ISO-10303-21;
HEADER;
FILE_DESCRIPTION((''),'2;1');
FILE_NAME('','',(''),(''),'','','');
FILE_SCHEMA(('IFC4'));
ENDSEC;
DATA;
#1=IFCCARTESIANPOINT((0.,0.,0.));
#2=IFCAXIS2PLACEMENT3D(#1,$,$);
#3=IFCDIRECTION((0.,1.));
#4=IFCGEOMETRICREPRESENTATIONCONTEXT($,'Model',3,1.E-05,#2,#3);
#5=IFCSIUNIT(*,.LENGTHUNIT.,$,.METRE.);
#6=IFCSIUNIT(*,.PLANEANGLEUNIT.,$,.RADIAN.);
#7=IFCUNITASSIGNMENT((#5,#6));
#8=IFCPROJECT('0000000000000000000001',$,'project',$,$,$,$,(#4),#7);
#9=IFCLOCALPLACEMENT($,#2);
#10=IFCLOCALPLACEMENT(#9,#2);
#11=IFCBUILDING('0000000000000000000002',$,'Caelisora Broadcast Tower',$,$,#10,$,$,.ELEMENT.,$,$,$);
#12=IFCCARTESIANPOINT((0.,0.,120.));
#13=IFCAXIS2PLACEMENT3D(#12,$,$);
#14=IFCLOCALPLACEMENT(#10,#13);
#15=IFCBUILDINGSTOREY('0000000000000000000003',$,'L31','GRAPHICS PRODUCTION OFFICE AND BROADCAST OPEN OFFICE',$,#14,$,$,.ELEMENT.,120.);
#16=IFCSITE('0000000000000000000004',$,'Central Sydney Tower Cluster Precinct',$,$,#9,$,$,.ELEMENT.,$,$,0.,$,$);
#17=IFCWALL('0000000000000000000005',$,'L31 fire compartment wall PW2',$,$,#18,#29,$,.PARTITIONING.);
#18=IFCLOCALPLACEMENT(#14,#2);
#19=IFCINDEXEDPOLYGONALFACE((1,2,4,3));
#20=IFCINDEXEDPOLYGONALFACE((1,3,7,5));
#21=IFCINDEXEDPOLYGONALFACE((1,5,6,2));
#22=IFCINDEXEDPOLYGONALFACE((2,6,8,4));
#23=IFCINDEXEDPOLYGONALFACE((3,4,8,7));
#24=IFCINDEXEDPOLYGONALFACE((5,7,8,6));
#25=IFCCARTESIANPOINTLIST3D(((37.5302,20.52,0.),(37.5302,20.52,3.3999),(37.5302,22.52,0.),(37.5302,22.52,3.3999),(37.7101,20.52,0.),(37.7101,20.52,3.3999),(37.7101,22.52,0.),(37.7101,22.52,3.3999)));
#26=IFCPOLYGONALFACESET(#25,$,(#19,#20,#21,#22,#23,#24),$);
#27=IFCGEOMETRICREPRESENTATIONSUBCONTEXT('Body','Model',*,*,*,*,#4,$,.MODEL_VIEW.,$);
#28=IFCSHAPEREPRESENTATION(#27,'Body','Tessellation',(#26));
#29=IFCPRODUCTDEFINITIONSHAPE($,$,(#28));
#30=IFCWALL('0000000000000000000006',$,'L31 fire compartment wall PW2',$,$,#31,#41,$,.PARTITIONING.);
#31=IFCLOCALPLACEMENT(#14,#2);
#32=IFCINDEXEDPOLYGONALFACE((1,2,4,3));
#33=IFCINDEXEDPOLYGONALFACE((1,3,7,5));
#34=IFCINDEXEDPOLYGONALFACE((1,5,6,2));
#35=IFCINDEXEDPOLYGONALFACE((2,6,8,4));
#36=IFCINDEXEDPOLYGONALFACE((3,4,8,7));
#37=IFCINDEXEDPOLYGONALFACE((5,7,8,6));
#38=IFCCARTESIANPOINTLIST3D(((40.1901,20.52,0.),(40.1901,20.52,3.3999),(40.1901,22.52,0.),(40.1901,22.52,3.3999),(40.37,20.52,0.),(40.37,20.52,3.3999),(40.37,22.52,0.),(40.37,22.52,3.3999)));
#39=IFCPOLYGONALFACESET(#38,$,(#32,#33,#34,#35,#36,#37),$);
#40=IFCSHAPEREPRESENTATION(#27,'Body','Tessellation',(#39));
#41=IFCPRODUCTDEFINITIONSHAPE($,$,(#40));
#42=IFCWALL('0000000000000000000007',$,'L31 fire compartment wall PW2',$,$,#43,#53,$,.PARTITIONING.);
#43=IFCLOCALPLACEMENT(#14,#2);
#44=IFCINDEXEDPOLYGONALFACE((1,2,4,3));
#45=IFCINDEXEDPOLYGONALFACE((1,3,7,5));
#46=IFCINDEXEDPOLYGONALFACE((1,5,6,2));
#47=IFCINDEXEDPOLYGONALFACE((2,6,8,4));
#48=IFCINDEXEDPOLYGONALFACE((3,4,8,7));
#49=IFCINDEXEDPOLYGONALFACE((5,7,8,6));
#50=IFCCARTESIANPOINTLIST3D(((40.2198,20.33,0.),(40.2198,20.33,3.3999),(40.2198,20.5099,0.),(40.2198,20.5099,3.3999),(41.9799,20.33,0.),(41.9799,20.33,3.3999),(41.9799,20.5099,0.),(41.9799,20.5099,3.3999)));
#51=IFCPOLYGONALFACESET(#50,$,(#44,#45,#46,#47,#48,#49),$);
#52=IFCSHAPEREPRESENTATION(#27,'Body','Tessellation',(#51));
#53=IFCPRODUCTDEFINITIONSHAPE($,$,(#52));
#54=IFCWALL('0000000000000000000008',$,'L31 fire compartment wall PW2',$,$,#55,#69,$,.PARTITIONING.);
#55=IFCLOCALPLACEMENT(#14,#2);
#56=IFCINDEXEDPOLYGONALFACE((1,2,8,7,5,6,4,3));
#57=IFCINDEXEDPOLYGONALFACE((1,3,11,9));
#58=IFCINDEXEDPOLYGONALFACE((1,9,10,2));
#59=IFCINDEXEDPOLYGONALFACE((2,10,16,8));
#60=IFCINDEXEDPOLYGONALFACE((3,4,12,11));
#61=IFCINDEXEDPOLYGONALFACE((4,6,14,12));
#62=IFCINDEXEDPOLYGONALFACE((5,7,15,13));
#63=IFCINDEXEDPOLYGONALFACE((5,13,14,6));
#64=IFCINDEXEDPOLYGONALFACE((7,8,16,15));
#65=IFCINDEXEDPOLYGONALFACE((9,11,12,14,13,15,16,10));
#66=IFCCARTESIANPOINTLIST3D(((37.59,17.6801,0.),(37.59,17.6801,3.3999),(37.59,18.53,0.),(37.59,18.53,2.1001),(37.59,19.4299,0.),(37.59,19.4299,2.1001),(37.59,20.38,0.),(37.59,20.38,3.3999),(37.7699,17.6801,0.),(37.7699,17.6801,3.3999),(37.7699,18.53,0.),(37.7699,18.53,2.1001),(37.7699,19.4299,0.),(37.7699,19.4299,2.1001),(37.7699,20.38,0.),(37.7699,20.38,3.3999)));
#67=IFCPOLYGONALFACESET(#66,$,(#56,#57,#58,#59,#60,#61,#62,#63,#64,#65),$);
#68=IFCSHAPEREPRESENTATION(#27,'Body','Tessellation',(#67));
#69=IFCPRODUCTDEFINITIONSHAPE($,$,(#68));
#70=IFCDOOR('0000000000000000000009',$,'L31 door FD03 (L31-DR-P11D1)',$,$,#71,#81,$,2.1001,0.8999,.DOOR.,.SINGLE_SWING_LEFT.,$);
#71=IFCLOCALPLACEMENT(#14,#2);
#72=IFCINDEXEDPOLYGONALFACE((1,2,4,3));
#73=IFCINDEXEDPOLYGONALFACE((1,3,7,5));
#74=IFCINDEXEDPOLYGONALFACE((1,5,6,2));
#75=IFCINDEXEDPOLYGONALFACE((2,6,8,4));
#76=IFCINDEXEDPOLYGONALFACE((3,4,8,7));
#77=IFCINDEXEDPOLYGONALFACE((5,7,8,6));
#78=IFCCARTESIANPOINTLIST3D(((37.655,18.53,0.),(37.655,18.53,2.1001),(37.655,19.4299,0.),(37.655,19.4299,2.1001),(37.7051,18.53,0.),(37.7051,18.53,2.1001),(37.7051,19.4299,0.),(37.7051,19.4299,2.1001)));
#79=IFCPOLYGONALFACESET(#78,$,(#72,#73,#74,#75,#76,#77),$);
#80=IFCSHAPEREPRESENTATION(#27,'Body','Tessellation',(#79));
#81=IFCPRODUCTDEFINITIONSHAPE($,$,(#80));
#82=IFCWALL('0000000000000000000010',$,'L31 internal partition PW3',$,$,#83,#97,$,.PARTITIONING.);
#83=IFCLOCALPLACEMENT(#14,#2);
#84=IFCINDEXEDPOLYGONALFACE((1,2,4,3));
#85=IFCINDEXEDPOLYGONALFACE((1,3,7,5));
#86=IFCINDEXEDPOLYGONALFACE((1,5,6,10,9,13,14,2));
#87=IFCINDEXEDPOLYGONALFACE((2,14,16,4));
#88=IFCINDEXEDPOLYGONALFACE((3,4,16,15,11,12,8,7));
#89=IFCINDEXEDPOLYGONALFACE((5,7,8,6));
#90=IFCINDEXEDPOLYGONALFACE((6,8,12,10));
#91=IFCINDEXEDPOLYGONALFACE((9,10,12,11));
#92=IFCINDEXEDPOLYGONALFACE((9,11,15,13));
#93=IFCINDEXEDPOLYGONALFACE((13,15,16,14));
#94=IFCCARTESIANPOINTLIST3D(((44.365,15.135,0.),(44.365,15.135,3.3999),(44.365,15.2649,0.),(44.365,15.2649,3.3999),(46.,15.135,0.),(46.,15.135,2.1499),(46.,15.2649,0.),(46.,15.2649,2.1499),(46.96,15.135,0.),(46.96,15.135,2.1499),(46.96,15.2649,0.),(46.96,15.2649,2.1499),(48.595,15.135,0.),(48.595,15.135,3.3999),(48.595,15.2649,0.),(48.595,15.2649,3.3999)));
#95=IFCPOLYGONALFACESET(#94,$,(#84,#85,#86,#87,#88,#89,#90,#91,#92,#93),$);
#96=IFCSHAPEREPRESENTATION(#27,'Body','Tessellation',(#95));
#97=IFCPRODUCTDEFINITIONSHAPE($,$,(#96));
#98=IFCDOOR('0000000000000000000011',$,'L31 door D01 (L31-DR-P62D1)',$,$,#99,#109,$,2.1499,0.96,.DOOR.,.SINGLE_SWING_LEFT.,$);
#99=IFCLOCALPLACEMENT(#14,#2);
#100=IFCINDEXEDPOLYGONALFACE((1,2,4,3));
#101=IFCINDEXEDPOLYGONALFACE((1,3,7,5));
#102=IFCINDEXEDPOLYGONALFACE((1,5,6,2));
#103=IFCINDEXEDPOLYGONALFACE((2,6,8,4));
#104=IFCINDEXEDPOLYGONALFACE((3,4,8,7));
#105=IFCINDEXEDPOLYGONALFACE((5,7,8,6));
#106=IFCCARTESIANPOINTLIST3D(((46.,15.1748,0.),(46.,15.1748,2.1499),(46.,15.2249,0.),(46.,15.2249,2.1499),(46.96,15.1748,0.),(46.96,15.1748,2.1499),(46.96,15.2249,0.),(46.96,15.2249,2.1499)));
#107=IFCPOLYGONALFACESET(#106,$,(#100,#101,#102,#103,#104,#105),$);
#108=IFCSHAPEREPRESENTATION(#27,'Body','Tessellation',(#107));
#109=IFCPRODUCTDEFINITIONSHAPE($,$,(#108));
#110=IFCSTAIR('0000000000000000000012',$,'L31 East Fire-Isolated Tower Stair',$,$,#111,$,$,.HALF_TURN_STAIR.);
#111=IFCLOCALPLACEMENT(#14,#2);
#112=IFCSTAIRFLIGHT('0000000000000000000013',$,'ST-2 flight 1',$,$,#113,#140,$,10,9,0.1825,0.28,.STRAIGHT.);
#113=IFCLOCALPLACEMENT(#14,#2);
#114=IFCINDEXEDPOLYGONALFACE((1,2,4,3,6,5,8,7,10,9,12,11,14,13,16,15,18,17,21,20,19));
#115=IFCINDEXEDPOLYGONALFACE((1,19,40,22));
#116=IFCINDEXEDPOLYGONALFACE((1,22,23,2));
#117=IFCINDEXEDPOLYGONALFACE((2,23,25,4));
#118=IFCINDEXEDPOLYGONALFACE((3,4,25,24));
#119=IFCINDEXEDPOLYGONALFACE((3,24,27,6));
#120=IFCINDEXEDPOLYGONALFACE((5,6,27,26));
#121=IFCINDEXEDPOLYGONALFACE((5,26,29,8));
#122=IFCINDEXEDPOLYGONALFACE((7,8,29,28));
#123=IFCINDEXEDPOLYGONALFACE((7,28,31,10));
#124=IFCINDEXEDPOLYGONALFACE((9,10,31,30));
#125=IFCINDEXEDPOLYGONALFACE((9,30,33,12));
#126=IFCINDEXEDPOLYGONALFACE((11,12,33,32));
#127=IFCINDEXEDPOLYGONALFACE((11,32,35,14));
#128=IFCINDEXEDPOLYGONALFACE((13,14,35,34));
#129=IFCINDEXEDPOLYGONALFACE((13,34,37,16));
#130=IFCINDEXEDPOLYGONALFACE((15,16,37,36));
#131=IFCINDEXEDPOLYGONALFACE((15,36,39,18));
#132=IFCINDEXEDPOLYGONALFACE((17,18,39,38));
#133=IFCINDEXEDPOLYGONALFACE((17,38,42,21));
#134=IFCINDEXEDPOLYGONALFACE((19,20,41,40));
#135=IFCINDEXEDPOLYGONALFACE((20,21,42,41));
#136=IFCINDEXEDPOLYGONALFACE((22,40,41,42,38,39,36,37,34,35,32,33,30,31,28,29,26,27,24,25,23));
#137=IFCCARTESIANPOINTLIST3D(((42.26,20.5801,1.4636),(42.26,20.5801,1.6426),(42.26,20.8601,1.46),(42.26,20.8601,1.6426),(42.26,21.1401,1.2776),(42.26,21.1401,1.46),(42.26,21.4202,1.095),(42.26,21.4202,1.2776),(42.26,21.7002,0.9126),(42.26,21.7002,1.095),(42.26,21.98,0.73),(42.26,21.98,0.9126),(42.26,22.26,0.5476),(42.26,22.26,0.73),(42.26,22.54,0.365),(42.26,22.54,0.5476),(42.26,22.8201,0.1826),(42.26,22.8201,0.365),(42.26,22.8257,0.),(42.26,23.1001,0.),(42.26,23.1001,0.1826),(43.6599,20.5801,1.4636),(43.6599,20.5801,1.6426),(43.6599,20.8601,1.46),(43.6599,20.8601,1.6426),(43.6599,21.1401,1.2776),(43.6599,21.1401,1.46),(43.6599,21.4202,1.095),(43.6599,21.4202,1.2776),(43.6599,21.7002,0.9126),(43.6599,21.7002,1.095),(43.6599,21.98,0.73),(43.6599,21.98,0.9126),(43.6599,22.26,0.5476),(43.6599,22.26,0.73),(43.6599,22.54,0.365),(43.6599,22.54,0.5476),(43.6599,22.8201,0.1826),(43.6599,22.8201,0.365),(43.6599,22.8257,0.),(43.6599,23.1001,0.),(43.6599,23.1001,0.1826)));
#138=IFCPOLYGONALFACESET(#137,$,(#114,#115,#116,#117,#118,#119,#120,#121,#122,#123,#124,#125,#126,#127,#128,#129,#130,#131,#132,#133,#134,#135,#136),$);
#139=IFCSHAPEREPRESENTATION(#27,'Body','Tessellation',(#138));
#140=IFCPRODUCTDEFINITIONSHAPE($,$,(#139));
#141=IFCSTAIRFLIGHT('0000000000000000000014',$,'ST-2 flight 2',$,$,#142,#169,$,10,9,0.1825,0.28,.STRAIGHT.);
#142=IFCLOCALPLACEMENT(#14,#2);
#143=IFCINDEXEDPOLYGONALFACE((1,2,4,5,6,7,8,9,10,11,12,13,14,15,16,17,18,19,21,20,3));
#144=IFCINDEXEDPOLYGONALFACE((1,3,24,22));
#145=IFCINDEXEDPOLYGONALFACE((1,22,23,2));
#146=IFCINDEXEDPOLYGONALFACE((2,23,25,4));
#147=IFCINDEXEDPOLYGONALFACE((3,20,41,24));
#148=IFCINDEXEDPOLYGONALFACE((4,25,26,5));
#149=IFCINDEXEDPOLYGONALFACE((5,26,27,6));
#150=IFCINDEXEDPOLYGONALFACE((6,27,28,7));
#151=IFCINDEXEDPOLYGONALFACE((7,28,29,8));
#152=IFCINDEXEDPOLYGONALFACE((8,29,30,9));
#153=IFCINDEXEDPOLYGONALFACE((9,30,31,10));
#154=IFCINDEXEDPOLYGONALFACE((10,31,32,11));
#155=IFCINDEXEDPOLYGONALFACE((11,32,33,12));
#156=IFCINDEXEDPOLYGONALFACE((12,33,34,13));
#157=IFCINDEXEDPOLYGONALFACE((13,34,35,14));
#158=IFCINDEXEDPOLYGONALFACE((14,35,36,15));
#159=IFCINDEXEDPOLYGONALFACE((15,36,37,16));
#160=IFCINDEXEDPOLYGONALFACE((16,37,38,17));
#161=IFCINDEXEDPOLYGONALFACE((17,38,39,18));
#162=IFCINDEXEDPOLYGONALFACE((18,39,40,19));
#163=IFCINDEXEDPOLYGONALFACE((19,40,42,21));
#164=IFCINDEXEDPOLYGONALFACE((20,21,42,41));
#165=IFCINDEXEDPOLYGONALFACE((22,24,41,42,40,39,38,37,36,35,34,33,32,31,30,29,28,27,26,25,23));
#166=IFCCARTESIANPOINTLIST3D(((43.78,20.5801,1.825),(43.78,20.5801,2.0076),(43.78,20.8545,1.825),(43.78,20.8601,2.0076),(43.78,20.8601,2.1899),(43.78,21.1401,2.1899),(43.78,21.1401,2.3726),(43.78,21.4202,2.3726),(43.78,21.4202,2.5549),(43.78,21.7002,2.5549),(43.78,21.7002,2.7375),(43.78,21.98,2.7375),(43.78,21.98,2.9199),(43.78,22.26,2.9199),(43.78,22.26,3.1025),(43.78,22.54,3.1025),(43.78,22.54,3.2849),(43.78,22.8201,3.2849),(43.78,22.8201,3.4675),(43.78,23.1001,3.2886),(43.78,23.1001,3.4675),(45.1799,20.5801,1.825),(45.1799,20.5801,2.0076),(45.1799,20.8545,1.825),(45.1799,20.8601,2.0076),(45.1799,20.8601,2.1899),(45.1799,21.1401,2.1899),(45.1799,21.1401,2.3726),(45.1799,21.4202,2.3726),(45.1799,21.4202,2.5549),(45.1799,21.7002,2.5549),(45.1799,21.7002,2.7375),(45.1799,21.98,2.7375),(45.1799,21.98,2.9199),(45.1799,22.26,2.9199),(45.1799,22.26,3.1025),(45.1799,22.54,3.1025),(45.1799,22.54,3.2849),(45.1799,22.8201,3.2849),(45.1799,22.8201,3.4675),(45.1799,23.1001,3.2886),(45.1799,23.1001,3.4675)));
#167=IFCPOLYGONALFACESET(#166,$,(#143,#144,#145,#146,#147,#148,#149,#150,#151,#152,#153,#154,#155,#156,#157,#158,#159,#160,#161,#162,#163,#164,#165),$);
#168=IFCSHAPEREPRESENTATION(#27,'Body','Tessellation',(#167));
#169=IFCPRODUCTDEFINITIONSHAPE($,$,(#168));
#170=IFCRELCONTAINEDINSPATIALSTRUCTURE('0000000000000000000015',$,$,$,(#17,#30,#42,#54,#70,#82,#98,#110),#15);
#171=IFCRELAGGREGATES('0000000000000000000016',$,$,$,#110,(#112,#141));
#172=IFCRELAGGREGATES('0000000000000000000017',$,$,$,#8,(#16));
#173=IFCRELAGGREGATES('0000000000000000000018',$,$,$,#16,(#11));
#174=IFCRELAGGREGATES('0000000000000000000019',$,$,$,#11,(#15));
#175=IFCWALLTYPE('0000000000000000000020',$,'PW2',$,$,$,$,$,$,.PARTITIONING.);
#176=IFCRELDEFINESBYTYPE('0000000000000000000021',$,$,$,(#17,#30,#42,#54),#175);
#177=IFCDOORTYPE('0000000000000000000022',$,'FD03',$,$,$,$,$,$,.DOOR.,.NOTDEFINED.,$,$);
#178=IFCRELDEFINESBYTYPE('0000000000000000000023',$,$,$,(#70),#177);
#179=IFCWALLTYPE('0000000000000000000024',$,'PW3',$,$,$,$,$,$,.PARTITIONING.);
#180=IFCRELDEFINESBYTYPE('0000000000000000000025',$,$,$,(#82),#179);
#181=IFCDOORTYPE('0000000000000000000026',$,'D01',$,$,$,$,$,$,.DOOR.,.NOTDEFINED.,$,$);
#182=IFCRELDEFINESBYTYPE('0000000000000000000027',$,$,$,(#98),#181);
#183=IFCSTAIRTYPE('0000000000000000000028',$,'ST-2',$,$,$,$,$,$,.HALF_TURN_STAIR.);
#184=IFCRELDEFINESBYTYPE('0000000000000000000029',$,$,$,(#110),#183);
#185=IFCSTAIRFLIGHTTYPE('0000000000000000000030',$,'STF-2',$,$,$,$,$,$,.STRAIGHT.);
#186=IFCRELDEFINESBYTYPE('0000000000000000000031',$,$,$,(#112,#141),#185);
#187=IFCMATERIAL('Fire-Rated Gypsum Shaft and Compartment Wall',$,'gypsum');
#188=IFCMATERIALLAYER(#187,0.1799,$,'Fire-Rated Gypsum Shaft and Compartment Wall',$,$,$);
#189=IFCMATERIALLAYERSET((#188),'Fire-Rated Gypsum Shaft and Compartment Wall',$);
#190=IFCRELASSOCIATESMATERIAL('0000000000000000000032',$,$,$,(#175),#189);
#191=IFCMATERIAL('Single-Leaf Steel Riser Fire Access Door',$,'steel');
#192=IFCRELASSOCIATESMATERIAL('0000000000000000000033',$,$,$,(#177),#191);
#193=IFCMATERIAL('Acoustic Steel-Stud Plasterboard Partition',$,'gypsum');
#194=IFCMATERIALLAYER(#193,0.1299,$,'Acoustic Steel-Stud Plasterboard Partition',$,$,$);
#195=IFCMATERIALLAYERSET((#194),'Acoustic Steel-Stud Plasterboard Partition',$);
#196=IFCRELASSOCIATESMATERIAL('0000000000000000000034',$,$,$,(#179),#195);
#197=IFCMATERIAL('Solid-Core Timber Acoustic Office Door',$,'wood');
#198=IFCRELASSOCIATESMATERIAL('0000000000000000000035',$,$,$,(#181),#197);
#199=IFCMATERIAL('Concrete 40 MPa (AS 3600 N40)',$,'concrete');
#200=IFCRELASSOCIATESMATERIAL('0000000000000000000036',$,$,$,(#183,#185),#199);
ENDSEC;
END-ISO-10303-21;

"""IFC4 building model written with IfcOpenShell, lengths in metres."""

from ifc_helpers import new_model, si_unit, direction, frame, frame_2d, origin, place, context, subcontext, project, spatial, polyline, rectangle, outline, extrude, material, layer, layer_set, type_object, element, fill, aggregate, save


model = new_model("IFC4")

# Units and contexts
model_context = context("Model", 3, precision=1e-05, world=origin(), true_north=direction((0.0, 1.0)))
body_context = subcontext(model_context, "Body", "Model", "MODEL_VIEW")
ifc_project = project(units=[si_unit("LENGTHUNIT", "METRE"), si_unit("PLANEANGLEUNIT", "RADIAN")], contexts=[model_context])

# Site, building, storey
site_placement = place(None, origin())
site = spatial("IfcSite", under=ifc_project, at=site_placement, Name="Central Sydney Tower Cluster Precinct", CompositionType="ELEMENT", RefElevation=0.0)
building_placement = place(site_placement, origin())
building = spatial("IfcBuilding", under=site, at=building_placement, Name="Caelisora Broadcast Tower", CompositionType="ELEMENT")
storey_placement = place(building_placement, frame((0.0, 0.0, 120.0)))
storey = spatial("IfcBuildingStorey", under=building, at=storey_placement, Name="L31", Description="GRAPHICS PRODUCTION OFFICE AND BROADCAST OPEN OFFICE", CompositionType="ELEMENT", Elevation=120.0)

# Shared definitions
ifc_material_1 = material(Name="Fire-Rated Gypsum Shaft and Compartment Wall", Category="gypsum")
ifc_layer_1 = layer(ifc_material_1, 0.1799, Name="Fire-Rated Gypsum Shaft and Compartment Wall")
ifc_layer_set_1 = layer_set([ifc_layer_1], Name="Fire-Rated Gypsum Shaft and Compartment Wall")
wall_type_1 = type_object("IfcWallType", Name="PW2", PredefinedType="PARTITIONING", material=ifc_layer_set_1)

# Walls
for number, where, z_axis, x_axis, name in (
    (1, (37.6201, 20.52, 0.0), (0.0, 0.0, 1.0), (0.0, 1.0, 0.0), "L31 fire compartment wall PW2"),
    (2, (40.28, 20.52, 0.0), (0.0, 0.0, 1.0), (0.0, 1.0, 0.0), "L31 fire compartment wall PW2"),
):
    element("IfcWall", number, at=place(storey_placement, frame(where, z_axis=z_axis, x_axis=x_axis)), inside=storey, type_object=wall_type_1, Name=name, PredefinedType="PARTITIONING", context=body_context, shape_type="SweptSolid", body=[
        extrude(rectangle(XDim=2.0, YDim=0.1799, at=frame_2d((1.0, 0.0))), origin(), (0.0, 0.0, 1.0), 3.3999),
    ])
wall_1_placement = place(storey_placement, frame((40.22, 20.4199, 0.0), z_axis=(0.0, 0.0, 1.0), x_axis=(1.0, 0.0, 0.0)))
element("IfcWall", 3, at=wall_1_placement, inside=storey, type_object=wall_type_1, Name="L31 fire compartment wall PW2", PredefinedType="PARTITIONING", context=body_context, shape_type="SweptSolid", body=[
    extrude(rectangle(XDim=1.76, YDim=0.1799, at=frame_2d((0.8799, 0.0))), origin(), (0.0, 0.0, 1.0), 3.3999),
])

# Walls, openings, doors
wall_2_placement = place(storey_placement, frame((37.6799, 17.6799, 0.0), z_axis=(0.0, 0.0, 1.0), x_axis=(0.0, 1.0, 0.0)))
wall_2 = element("IfcWall", 4, at=wall_2_placement, inside=storey, type_object=wall_type_1, Name="L31 fire compartment wall PW2", PredefinedType="PARTITIONING", context=body_context, shape_type="SweptSolid", body=[
    extrude(rectangle(XDim=2.7, YDim=0.1799, at=frame_2d((1.3501, 0.0))), origin(), (0.0, 0.0, 1.0), 3.3999),
])
opening_1_placement = place(wall_2_placement, frame((0.8501, 0.0, 0.0)))
opening_1 = element("IfcOpeningElement", 5, at=opening_1_placement, cuts=wall_2, PredefinedType="OPENING", context=body_context, shape_type="SweptSolid", body=[
    extrude(rectangle(XDim=0.8999, YDim=2.1001, at=frame_2d((0.45, 1.05))), frame((0.0, 0.1021, 0.0), z_axis=(0.0, -1.0, 0.0), x_axis=(1.0, 0.0, 0.0)), (0.0, 0.0, 1.0), 0.2039),
])
ifc_material_2 = material(Name="Single-Leaf Steel Riser Fire Access Door", Category="steel")
door_type_1 = type_object("IfcDoorType", Name="FD03", OperationType="NOTDEFINED", PredefinedType="DOOR", material=ifc_material_2)
door_1_placement = place(opening_1_placement, origin())
door_1 = element("IfcDoor", 6, at=door_1_placement, inside=storey, type_object=door_type_1, Name="L31 door FD03 (L31-DR-P11D1)", OperationType="SINGLE_SWING_LEFT", OverallHeight=2.1001, OverallWidth=0.8999, PredefinedType="DOOR", context=body_context, shape_type="SweptSolid", body=[
    extrude(rectangle(XDim=0.8999, YDim=2.1001, at=frame_2d((0.45, 1.05))), frame((0.0, 0.0249, 0.0), z_axis=(0.0, -1.0, 0.0), x_axis=(1.0, 0.0, 0.0)), (0.0, 0.0, 1.0), 0.05),
])
fill(opening_1, door_1)
ifc_material_3 = material(Name="Acoustic Steel-Stud Plasterboard Partition", Category="gypsum")
ifc_layer_2 = layer(ifc_material_3, 0.1299, Name="Acoustic Steel-Stud Plasterboard Partition")
ifc_layer_set_2 = layer_set([ifc_layer_2], Name="Acoustic Steel-Stud Plasterboard Partition")
wall_type_2 = type_object("IfcWallType", Name="PW3", PredefinedType="PARTITIONING", material=ifc_layer_set_2)
wall_3_placement = place(storey_placement, frame((44.365, 15.2, 0.0), z_axis=(0.0, 0.0, 1.0), x_axis=(1.0, 0.0, 0.0)))
wall_3 = element("IfcWall", 7, at=wall_3_placement, inside=storey, type_object=wall_type_2, Name="L31 internal partition PW3", PredefinedType="PARTITIONING", context=body_context, shape_type="SweptSolid", body=[
    extrude(rectangle(XDim=4.23, YDim=0.1299, at=frame_2d((2.115, 0.0))), origin(), (0.0, 0.0, 1.0), 3.3999),
])
opening_2_placement = place(wall_3_placement, frame((1.635, 0.0, 0.0)))
opening_2 = element("IfcOpeningElement", 8, at=opening_2_placement, cuts=wall_3, PredefinedType="OPENING", context=body_context, shape_type="SweptSolid", body=[
    extrude(rectangle(XDim=0.96, YDim=2.1499, at=frame_2d((0.48, 1.075))), frame((0.0, 0.0769, 0.0), z_axis=(0.0, -1.0, 0.0), x_axis=(1.0, 0.0, 0.0)), (0.0, 0.0, 1.0), 0.1538),
])
ifc_material_4 = material(Name="Solid-Core Timber Acoustic Office Door", Category="wood")
door_type_2 = type_object("IfcDoorType", Name="D01", OperationType="NOTDEFINED", PredefinedType="DOOR", material=ifc_material_4)
door_2_placement = place(opening_2_placement, origin())
door_2 = element("IfcDoor", 9, at=door_2_placement, inside=storey, type_object=door_type_2, Name="L31 door D01 (L31-DR-P62D1)", OperationType="SINGLE_SWING_LEFT", OverallHeight=2.1499, OverallWidth=0.96, PredefinedType="DOOR", context=body_context, shape_type="SweptSolid", body=[
    extrude(rectangle(XDim=0.96, YDim=2.1499, at=frame_2d((0.48, 1.075))), frame((0.0, 0.0249, 0.0), z_axis=(0.0, -1.0, 0.0), x_axis=(1.0, 0.0, 0.0)), (0.0, 0.0, 1.0), 0.05),
])
fill(opening_2, door_2)

# Stair, stair flights
ifc_material_5 = material(Name="Concrete 40 MPa (AS 3600 N40)", Category="concrete")
stair_type = type_object("IfcStairType", Name="ST-2", PredefinedType="HALF_TURN_STAIR", material=ifc_material_5)
stair_placement = place(storey_placement, origin())
stair = element("IfcStair", 10, at=stair_placement, inside=storey, type_object=stair_type, Name="L31 East Fire-Isolated Tower Stair", PredefinedType="HALF_TURN_STAIR")
stair_flight_type = type_object("IfcStairFlightType", Name="STF-2", PredefinedType="STRAIGHT", material=ifc_material_5)
stair_flight_1_placement = place(storey_placement, frame((42.96, 23.1001, 0.0), z_axis=(0.0, 0.0, 1.0), x_axis=(0.0, -1.0, 0.0)))
stair_flight_1 = element("IfcStairFlight", 11, at=stair_flight_1_placement, type_object=stair_flight_type, Name="ST-2 flight 1", NumberOfRisers=10, NumberOfTreads=9, PredefinedType="STRAIGHT", RiserHeight=0.1825, TreadLength=0.28, context=body_context, shape_type="SweptSolid", body=[
    extrude(outline(polyline([(0.0, 0.0), (0.0, 0.1826), (0.28, 0.1826), (0.28, 0.365), (0.5601, 0.365), (0.5601, 0.5476), (0.8401, 0.5476), (0.8401, 0.73), (1.1201, 0.73), (1.1201, 0.9126), (1.3999, 0.9126), (1.3999, 1.095), (1.6799, 1.095), (1.6799, 1.2776), (1.96, 1.2776), (1.96, 1.46), (2.24, 1.46), (2.24, 1.6426), (2.52, 1.6426), (2.52, 1.825), (2.52, 1.4636), (0.2744, 0.0), (0.0, 0.0)])), frame((0.0, 0.7, 0.0), z_axis=(0.0, -1.0, 0.0), x_axis=(1.0, 0.0, 0.0)), (0.0, 0.0, 1.0), 1.3999),
])
stair_flight_2_placement = place(storey_placement, frame((44.48, 20.5801, 1.825), z_axis=(0.0, 0.0, 1.0), x_axis=(0.0, 1.0, 0.0)))
stair_flight_2 = element("IfcStairFlight", 12, at=stair_flight_2_placement, type_object=stair_flight_type, Name="ST-2 flight 2", NumberOfRisers=10, NumberOfTreads=9, PredefinedType="STRAIGHT", RiserHeight=0.1825, TreadLength=0.28, context=body_context, shape_type="SweptSolid", body=[
    extrude(outline(polyline([(0.0, 0.0), (0.0, 0.1826), (0.28, 0.1826), (0.28, 0.365), (0.5601, 0.365), (0.5601, 0.5476), (0.8401, 0.5476), (0.8401, 0.73), (1.1201, 0.73), (1.1201, 0.9126), (1.3999, 0.9126), (1.3999, 1.095), (1.6799, 1.095), (1.6799, 1.2776), (1.96, 1.2776), (1.96, 1.46), (2.24, 1.46), (2.24, 1.6426), (2.52, 1.6426), (2.52, 1.825), (2.52, 1.4636), (0.2744, 0.0), (0.0, 0.0)])), frame((0.0, 0.7, 0.0), z_axis=(0.0, -1.0, 0.0), x_axis=(1.0, 0.0, 0.0)), (0.0, 0.0, 1.0), 1.3999),
])
aggregate(stair, [stair_flight_1, stair_flight_2])

save(model, "model.ifc")
